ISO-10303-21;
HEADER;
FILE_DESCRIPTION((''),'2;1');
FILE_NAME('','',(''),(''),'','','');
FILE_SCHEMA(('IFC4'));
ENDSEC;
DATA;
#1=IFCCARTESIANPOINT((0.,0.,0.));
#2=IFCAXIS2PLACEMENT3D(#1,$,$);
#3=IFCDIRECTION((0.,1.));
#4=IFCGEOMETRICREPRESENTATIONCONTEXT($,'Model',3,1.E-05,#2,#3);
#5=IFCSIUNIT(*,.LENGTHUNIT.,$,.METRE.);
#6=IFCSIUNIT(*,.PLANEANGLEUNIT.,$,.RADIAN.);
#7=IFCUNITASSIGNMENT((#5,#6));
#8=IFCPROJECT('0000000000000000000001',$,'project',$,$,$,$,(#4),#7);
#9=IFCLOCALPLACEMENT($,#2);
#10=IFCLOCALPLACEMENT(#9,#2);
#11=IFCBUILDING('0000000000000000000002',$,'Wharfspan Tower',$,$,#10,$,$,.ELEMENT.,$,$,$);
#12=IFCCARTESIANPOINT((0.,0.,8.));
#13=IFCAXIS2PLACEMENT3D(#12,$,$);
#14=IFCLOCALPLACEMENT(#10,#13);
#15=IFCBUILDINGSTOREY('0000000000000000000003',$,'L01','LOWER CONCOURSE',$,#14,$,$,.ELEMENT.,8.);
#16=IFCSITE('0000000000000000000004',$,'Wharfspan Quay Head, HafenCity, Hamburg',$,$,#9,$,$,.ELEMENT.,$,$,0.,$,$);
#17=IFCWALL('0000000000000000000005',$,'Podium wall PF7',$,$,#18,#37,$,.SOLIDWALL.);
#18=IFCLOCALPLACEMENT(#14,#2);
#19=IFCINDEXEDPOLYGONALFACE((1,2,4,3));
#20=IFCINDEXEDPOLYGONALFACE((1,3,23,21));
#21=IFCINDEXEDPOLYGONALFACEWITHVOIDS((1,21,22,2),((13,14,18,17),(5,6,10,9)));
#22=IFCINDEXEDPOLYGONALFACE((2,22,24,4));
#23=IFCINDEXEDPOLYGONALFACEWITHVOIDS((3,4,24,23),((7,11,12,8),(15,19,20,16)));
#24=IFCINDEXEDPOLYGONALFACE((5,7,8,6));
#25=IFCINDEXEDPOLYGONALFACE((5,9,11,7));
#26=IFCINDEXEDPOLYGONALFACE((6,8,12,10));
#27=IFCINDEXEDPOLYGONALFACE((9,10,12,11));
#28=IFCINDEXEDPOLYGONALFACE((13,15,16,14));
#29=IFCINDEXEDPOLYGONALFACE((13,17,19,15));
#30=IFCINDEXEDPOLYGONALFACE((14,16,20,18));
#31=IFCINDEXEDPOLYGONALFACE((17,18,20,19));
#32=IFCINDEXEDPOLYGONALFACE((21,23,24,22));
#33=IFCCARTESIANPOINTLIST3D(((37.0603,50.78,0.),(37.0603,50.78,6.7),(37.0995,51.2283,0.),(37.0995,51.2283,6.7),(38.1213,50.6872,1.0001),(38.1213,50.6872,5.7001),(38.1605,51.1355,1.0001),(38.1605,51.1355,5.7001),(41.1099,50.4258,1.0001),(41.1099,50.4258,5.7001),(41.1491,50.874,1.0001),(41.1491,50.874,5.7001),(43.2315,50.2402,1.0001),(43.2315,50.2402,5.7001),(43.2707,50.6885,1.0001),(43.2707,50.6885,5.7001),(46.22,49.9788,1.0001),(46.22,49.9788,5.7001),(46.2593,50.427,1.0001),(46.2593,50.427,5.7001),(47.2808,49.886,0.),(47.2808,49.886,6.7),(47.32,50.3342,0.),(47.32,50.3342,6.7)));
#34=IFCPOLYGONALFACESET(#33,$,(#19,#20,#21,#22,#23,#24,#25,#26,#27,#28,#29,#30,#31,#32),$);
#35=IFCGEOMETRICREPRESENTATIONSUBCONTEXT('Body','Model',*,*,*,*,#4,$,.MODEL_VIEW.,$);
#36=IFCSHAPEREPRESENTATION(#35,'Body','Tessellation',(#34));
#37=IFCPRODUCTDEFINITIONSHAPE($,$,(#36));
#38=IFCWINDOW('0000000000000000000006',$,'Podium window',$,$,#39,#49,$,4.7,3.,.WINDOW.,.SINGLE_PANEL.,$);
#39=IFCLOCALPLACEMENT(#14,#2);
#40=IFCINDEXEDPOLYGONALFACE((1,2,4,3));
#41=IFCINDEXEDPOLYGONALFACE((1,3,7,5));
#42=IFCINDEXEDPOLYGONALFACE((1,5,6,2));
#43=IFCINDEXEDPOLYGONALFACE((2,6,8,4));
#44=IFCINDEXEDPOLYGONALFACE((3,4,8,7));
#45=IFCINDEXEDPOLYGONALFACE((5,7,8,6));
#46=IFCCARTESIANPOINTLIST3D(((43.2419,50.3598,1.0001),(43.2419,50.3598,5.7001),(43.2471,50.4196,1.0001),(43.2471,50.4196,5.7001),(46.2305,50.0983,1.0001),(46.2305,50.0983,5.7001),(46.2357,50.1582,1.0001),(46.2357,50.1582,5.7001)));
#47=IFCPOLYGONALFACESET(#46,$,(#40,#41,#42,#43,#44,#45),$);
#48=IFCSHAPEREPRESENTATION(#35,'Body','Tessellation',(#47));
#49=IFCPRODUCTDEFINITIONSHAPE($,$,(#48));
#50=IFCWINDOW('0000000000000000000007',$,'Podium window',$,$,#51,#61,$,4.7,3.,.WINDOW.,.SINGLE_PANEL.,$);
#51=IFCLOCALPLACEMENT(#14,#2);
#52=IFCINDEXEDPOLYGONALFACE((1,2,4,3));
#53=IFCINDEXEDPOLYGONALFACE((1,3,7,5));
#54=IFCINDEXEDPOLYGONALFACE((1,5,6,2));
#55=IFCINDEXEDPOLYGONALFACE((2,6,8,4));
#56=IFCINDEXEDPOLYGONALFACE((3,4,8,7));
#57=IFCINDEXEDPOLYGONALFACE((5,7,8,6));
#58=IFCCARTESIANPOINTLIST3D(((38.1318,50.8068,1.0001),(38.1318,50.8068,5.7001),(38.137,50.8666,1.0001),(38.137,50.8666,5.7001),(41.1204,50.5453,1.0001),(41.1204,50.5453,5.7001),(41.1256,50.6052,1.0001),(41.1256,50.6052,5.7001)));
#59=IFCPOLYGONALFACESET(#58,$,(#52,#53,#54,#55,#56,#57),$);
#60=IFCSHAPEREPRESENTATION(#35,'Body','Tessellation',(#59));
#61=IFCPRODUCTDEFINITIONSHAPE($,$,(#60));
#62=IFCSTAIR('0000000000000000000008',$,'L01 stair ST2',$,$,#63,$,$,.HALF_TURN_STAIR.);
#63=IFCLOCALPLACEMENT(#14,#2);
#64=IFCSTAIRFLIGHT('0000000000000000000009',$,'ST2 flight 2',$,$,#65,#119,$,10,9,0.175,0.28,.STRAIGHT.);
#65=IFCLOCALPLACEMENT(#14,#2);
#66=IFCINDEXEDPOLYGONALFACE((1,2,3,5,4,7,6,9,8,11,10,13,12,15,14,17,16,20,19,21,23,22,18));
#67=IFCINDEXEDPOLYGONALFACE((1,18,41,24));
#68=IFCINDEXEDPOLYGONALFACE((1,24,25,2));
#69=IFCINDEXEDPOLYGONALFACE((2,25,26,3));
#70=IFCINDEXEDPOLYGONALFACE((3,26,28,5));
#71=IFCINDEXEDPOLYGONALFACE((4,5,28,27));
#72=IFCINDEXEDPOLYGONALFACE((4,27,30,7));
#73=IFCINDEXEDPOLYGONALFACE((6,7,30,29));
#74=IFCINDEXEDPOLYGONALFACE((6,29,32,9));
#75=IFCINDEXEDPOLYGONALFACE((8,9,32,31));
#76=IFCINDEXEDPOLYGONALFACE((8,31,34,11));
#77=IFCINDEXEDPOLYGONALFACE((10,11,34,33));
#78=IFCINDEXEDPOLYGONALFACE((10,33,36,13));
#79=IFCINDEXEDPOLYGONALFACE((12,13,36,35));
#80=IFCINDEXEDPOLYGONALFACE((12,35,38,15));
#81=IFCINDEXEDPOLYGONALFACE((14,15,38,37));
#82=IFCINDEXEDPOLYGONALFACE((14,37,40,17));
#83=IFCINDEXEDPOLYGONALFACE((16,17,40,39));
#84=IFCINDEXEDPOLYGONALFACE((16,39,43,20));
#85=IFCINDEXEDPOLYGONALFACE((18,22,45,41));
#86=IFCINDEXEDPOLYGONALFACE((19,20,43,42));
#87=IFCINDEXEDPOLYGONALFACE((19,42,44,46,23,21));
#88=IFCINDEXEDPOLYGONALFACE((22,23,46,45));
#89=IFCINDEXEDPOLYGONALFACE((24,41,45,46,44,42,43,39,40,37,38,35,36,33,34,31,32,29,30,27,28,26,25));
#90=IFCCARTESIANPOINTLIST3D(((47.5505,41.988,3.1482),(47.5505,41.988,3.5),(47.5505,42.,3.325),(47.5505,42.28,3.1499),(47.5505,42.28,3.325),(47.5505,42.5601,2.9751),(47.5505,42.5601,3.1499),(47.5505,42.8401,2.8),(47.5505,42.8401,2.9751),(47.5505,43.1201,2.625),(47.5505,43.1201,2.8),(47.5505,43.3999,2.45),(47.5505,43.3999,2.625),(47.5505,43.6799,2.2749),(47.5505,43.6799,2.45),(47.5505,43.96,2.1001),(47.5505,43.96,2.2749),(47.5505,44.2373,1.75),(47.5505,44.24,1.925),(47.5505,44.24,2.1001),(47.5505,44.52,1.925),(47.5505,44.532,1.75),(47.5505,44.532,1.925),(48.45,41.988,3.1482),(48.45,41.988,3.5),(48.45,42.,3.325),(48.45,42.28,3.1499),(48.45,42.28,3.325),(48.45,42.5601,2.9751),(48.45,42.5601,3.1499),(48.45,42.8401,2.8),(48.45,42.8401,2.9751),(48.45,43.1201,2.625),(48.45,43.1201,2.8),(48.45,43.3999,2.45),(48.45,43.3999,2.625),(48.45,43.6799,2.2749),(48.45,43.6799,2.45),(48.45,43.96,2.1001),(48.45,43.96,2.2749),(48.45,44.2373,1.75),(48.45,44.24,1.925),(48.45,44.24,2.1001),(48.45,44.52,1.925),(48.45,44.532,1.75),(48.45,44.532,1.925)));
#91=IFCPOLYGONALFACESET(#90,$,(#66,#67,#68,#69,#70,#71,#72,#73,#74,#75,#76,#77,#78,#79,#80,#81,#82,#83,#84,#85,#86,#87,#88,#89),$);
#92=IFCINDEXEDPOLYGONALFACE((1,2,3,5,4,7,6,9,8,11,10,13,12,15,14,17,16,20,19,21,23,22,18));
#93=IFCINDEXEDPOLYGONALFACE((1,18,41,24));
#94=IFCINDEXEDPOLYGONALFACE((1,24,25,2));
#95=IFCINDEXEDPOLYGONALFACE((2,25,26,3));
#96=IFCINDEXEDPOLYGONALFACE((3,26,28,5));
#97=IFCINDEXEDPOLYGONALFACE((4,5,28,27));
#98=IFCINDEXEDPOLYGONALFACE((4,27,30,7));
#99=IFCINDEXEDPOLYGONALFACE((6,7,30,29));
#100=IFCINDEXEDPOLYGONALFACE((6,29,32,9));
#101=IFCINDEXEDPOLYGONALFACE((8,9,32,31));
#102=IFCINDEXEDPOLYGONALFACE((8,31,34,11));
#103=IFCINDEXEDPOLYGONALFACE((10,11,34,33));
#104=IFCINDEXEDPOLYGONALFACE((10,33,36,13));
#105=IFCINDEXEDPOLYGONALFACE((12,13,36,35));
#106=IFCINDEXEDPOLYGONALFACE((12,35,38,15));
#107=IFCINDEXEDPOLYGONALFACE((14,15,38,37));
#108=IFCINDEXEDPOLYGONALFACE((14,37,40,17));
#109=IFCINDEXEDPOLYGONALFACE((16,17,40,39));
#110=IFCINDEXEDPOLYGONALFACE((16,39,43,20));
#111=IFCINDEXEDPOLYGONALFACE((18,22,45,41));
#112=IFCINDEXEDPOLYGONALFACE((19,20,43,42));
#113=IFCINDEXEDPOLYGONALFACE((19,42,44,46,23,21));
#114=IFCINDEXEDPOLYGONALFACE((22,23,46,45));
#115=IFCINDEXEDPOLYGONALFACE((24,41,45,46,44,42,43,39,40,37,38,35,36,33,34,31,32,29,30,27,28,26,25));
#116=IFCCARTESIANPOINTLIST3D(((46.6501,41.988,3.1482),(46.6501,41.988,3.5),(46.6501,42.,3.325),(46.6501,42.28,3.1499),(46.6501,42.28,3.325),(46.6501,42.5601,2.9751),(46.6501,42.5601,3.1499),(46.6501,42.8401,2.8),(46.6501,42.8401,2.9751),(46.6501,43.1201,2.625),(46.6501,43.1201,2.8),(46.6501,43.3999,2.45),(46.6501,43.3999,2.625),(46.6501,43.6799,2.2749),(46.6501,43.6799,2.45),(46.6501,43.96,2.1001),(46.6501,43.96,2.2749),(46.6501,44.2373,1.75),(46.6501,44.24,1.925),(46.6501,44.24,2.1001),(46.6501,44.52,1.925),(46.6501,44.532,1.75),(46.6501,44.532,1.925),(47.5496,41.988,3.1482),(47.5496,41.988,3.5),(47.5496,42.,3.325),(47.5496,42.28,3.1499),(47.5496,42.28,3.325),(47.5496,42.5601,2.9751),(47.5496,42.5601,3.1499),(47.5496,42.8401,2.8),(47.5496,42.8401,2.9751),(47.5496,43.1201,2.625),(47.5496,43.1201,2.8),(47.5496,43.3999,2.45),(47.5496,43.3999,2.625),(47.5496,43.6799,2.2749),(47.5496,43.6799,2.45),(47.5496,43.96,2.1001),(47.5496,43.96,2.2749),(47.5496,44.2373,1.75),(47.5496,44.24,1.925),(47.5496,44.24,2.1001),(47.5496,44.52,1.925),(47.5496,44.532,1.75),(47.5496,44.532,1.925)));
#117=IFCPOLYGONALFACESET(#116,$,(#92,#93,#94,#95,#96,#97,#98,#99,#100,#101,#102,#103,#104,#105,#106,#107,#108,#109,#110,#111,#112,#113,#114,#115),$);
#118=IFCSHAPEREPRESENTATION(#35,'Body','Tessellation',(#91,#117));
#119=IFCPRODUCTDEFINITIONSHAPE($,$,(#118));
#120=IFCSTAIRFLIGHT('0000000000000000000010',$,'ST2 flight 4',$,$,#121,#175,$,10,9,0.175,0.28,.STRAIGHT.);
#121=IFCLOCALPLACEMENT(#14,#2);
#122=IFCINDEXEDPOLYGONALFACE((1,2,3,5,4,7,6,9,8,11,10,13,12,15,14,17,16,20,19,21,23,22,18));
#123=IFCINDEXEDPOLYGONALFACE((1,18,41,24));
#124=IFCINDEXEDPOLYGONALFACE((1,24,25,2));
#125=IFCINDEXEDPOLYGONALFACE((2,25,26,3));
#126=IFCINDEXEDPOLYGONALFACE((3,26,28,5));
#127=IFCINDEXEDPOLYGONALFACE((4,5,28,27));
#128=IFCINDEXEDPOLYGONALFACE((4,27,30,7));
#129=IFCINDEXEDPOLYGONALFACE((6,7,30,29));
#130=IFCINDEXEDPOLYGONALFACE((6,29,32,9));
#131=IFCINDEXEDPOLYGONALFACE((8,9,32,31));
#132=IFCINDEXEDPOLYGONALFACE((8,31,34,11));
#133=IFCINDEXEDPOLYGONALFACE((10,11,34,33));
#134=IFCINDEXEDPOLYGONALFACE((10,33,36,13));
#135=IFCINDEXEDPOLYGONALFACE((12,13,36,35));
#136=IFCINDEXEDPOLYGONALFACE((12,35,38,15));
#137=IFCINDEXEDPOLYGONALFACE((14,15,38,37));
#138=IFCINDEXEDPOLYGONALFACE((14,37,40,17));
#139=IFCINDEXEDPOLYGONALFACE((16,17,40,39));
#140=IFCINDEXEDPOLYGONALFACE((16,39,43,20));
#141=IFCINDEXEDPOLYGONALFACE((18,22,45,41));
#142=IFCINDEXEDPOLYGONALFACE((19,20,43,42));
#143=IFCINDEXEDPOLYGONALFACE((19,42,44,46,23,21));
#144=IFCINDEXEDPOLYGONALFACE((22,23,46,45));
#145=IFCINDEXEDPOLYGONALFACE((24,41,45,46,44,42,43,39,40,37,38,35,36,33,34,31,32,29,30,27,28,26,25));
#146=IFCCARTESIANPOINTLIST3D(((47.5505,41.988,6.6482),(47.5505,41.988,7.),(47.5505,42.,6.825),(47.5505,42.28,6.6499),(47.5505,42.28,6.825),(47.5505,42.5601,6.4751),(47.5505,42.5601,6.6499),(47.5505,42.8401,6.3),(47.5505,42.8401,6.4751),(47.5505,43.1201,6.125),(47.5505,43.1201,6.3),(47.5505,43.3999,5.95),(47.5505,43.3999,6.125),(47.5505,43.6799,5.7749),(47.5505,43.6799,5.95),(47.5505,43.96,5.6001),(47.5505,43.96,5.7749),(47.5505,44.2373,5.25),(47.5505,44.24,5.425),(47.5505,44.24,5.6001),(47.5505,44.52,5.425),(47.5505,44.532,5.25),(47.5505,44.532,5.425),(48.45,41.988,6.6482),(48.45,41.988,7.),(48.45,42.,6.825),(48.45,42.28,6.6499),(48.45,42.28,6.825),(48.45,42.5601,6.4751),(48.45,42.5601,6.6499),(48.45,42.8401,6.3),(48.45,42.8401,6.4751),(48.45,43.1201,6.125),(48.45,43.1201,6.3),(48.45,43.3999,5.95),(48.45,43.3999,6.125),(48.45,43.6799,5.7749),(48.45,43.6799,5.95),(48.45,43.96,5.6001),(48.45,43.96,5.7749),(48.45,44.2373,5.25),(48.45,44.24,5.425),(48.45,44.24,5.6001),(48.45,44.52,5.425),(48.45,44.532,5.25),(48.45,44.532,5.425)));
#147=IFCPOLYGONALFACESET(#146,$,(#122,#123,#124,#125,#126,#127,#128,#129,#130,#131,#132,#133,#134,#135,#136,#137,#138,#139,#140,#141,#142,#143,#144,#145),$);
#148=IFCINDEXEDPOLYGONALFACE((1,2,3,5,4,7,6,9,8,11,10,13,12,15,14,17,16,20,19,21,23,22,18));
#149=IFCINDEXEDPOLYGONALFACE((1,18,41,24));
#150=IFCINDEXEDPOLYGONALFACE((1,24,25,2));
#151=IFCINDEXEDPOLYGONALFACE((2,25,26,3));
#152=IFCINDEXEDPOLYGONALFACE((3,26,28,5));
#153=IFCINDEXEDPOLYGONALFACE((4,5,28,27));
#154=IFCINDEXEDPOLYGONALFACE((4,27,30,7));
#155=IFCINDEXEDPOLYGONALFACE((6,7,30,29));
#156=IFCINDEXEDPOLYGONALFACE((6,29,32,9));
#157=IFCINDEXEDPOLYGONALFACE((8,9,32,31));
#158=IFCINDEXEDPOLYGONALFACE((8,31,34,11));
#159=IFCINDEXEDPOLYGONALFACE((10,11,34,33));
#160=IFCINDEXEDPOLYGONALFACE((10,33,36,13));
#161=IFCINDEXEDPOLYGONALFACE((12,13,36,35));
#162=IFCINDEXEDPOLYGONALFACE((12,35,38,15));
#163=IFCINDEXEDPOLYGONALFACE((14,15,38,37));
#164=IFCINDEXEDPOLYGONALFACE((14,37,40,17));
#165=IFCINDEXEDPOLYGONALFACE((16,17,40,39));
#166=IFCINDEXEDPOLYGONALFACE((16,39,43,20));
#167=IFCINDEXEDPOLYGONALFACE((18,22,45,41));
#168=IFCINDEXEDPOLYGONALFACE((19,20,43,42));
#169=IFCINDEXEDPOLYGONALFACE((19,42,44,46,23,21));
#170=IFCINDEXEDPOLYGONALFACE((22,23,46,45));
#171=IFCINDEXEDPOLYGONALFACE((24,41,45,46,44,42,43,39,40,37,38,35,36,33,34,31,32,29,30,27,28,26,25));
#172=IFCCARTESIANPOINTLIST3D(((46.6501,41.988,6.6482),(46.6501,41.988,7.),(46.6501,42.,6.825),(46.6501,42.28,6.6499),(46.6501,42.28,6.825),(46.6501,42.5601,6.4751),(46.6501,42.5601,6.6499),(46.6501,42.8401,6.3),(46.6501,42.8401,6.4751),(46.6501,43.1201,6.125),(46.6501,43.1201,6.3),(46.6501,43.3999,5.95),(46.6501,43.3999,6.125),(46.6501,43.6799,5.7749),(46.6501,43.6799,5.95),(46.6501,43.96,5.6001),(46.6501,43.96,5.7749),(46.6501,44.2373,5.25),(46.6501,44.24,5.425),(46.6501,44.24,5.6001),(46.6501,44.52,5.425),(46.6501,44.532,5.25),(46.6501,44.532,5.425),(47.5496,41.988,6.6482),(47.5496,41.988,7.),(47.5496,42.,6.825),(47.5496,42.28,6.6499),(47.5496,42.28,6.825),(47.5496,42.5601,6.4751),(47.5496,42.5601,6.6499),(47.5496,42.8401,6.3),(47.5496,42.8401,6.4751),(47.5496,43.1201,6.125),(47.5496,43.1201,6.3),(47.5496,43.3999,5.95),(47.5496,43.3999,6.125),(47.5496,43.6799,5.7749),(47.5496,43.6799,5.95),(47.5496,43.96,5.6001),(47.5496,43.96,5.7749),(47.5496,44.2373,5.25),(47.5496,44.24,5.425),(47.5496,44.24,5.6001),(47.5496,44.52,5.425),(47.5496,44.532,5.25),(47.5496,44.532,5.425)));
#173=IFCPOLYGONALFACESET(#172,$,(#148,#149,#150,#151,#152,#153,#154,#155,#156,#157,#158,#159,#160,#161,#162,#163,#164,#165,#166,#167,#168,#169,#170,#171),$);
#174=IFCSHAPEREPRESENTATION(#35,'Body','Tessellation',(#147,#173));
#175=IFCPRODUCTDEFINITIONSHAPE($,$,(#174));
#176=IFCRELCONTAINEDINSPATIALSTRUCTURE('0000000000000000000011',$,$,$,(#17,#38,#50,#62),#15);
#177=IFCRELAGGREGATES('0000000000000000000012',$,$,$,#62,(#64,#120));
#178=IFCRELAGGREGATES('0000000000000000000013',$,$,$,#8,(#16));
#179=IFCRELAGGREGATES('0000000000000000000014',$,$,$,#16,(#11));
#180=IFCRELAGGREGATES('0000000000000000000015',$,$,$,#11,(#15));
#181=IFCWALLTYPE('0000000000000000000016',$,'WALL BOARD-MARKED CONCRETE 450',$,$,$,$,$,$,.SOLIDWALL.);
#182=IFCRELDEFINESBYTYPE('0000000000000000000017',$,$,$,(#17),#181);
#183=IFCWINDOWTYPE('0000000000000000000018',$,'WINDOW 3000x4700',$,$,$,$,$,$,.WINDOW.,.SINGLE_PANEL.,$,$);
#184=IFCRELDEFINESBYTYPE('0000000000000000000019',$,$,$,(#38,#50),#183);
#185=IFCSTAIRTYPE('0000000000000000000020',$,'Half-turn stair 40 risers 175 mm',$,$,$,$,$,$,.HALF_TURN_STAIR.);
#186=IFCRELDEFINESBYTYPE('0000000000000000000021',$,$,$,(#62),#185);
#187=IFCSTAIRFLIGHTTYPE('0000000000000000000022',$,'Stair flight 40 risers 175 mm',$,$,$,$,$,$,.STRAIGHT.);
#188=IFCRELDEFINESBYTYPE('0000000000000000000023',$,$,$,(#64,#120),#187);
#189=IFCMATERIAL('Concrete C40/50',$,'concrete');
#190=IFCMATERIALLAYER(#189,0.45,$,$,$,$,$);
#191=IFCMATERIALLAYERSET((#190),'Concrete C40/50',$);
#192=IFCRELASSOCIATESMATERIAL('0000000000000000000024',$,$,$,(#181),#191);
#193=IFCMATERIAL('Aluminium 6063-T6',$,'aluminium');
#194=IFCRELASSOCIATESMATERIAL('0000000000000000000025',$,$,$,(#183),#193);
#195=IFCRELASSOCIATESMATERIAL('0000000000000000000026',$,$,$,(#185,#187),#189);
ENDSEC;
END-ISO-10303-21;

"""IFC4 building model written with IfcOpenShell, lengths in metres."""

from ifc_helpers import new_model, si_unit, direction, frame, frame_2d, origin, place, context, subcontext, project, spatial, polyline, rectangle, outline, extrude, material, layer, layer_set, type_object, element, fill, aggregate, save


model = new_model("IFC4")

# Units and contexts
model_context = context("Model", 3, precision=1e-05, world=origin(), true_north=direction((0.0, 1.0)))
body_context = subcontext(model_context, "Body", "Model", "MODEL_VIEW")
ifc_project = project(units=[si_unit("LENGTHUNIT", "METRE"), si_unit("PLANEANGLEUNIT", "RADIAN")], contexts=[model_context])

# Site, building, storey
site_placement = place(None, origin())
site = spatial("IfcSite", under=ifc_project, at=site_placement, Name="Wharfspan Quay Head, HafenCity, Hamburg", CompositionType="ELEMENT", RefElevation=0.0)
building_placement = place(site_placement, origin())
building = spatial("IfcBuilding", under=site, at=building_placement, Name="Wharfspan Tower", CompositionType="ELEMENT")
storey_placement = place(building_placement, frame((0.0, 0.0, 8.0)))
storey = spatial("IfcBuildingStorey", under=building, at=storey_placement, Name="L01", Description="LOWER CONCOURSE", CompositionType="ELEMENT", Elevation=8.0)

# Shared definitions
ifc_material_1 = material(Name="Concrete C40/50", Category="concrete")

# Wall, openings, windows
ifc_layer_1 = layer(ifc_material_1, 0.45)
ifc_layer_set_1 = layer_set([ifc_layer_1], Name="Concrete C40/50")
wall_type_1 = type_object("IfcWallType", Name="WALL BOARD-MARKED CONCRETE 450", PredefinedType="SOLIDWALL", material=ifc_layer_set_1)
wall_1_placement = place(storey_placement, frame((47.3005, 50.1101, 0.0), z_axis=(0.0, 0.0, 1.0), x_axis=(-0.996195, 0.087143, 0.0)))
wall_1 = element("IfcWall", 1, at=wall_1_placement, inside=storey, type_object=wall_type_1, Name="Podium wall PF7", PredefinedType="SOLIDWALL", context=body_context, shape_type="SweptSolid", body=[
    extrude(rectangle(XDim=10.2595, YDim=0.45, at=frame_2d((5.1299, 0.0))), origin(), (0.0, 0.0, 1.0), 6.7),
])
opening_1_placement = place(wall_1_placement, frame((1.0649, 0.0, 1.0)))
opening_1 = element("IfcOpeningElement", 2, at=opening_1_placement, cuts=wall_1, PredefinedType="OPENING", context=body_context, shape_type="SweptSolid", body=[
    extrude(rectangle(XDim=3.0, YDim=4.7, at=frame_2d((1.5, 2.3501))), frame((0.0, 0.2349, 0.0), z_axis=(0.0, -1.0, 0.0), x_axis=(1.0, 0.0, 0.0)), (0.0, 0.0, 1.0), 0.47),
])
opening_2_placement = place(wall_1_placement, frame((6.1946, 0.0, 1.0)))
opening_2 = element("IfcOpeningElement", 3, at=opening_2_placement, cuts=wall_1, PredefinedType="OPENING", context=body_context, shape_type="SweptSolid", body=[
    extrude(rectangle(XDim=3.0, YDim=4.7, at=frame_2d((1.5, 2.3501))), frame((0.0, 0.2349, 0.0), z_axis=(0.0, -1.0, 0.0), x_axis=(1.0, 0.0, 0.0)), (0.0, 0.0, 1.0), 0.47),
])
ifc_material_2 = material(Name="Aluminium 6063-T6", Category="aluminium")
window_type = type_object("IfcWindowType", Name="WINDOW 3000x4700", PartitioningType="SINGLE_PANEL", PredefinedType="WINDOW", material=ifc_material_2)
window_1_placement = place(opening_1_placement, origin())
window_1 = element("IfcWindow", 4, at=window_1_placement, inside=storey, type_object=window_type, Name="Podium window", OverallHeight=4.7, OverallWidth=3.0, PartitioningType="SINGLE_PANEL", PredefinedType="WINDOW", context=body_context, shape_type="SweptSolid", body=[
    extrude(rectangle(XDim=3.0, YDim=4.7, at=frame_2d((1.5, 2.3501))), frame((0.0, 0.105, 0.0), z_axis=(0.0, -1.0, 0.0), x_axis=(1.0, 0.0, 0.0)), (0.0, 0.0, 1.0), 0.0601),
])
fill(opening_1, window_1)
window_2_placement = place(opening_2_placement, origin())
window_2 = element("IfcWindow", 5, at=window_2_placement, inside=storey, type_object=window_type, Name="Podium window", OverallHeight=4.7, OverallWidth=3.0, PartitioningType="SINGLE_PANEL", PredefinedType="WINDOW", context=body_context, shape_type="SweptSolid", body=[
    extrude(rectangle(XDim=3.0, YDim=4.7, at=frame_2d((1.5, 2.3501))), frame((0.0, 0.105, 0.0), z_axis=(0.0, -1.0, 0.0), x_axis=(1.0, 0.0, 0.0)), (0.0, 0.0, 1.0), 0.0601),
])
fill(opening_2, window_2)

# Stair, stair flights
stair_type = type_object("IfcStairType", Name="Half-turn stair 40 risers 175 mm", PredefinedType="HALF_TURN_STAIR", material=ifc_material_1)
stair_placement = place(storey_placement, origin())
stair = element("IfcStair", 6, at=stair_placement, inside=storey, type_object=stair_type, Name="L01 stair ST2", PredefinedType="HALF_TURN_STAIR")
stair_flight_type = type_object("IfcStairFlightType", Name="Stair flight 40 risers 175 mm", PredefinedType="STRAIGHT", material=ifc_material_1)
stair_flight_1_placement = place(storey_placement, frame((47.55, 44.52, 1.75), z_axis=(0.0, 0.0, 1.0), x_axis=(0.0, -1.0, 0.0)))
stair_flight_1 = element("IfcStairFlight", 7, at=stair_flight_1_placement, type_object=stair_flight_type, Name="ST2 flight 2", NumberOfRisers=10, NumberOfTreads=9, PredefinedType="STRAIGHT", RiserHeight=0.175, TreadLength=0.28, context=body_context, shape_type="SweptSolid", body=[
    extrude(outline(polyline([(-0.012, 0.0), (-0.012, 0.175), (0.0, 0.175), (0.28, 0.175), (0.28, 0.3501), (0.5601, 0.3501), (0.5601, 0.5249), (0.8401, 0.5249), (0.8401, 0.7), (1.1201, 0.7), (1.1201, 0.875), (1.3999, 0.875), (1.3999, 1.05), (1.6799, 1.05), (1.6799, 1.2251), (1.96, 1.2251), (1.96, 1.3999), (2.24, 1.3999), (2.24, 1.575), (2.52, 1.575), (2.532, 1.75), (2.532, 1.3982), (0.2827, 0.0), (-0.012, 0.0)])), frame((0.0, 0.8999, 0.0), z_axis=(0.0, -1.0, 0.0), x_axis=(1.0, 0.0, 0.0)), (0.0, 0.0, 1.0), 0.8994),
    extrude(outline(polyline([(-0.012, 0.0), (-0.012, 0.175), (0.0, 0.175), (0.28, 0.175), (0.28, 0.3501), (0.5601, 0.3501), (0.5601, 0.5249), (0.8401, 0.5249), (0.8401, 0.7), (1.1201, 0.7), (1.1201, 0.875), (1.3999, 0.875), (1.3999, 1.05), (1.6799, 1.05), (1.6799, 1.2251), (1.96, 1.2251), (1.96, 1.3999), (2.24, 1.3999), (2.24, 1.575), (2.52, 1.575), (2.532, 1.75), (2.532, 1.3982), (0.2827, 0.0), (-0.012, 0.0)])), frame((0.0, -0.0005, 0.0), z_axis=(0.0, -1.0, 0.0), x_axis=(1.0, 0.0, 0.0)), (0.0, 0.0, 1.0), 0.8994),
])
stair_flight_2_placement = place(storey_placement, frame((47.55, 44.52, 5.25), z_axis=(0.0, 0.0, 1.0), x_axis=(0.0, -1.0, 0.0)))
stair_flight_2 = element("IfcStairFlight", 8, at=stair_flight_2_placement, type_object=stair_flight_type, Name="ST2 flight 4", NumberOfRisers=10, NumberOfTreads=9, PredefinedType="STRAIGHT", RiserHeight=0.175, TreadLength=0.28, context=body_context, shape_type="SweptSolid", body=[
    extrude(outline(polyline([(-0.012, 0.0), (-0.012, 0.175), (0.0, 0.175), (0.28, 0.175), (0.28, 0.3501), (0.5601, 0.3501), (0.5601, 0.5249), (0.8401, 0.5249), (0.8401, 0.7), (1.1201, 0.7), (1.1201, 0.875), (1.3999, 0.875), (1.3999, 1.05), (1.6799, 1.05), (1.6799, 1.2251), (1.96, 1.2251), (1.96, 1.3999), (2.24, 1.3999), (2.24, 1.575), (2.52, 1.575), (2.532, 1.75), (2.532, 1.3982), (0.2827, 0.0), (-0.012, 0.0)])), frame((0.0, 0.8999, 0.0), z_axis=(0.0, -1.0, 0.0), x_axis=(1.0, 0.0, 0.0)), (0.0, 0.0, 1.0), 0.8994),
    extrude(outline(polyline([(-0.012, 0.0), (-0.012, 0.175), (0.0, 0.175), (0.28, 0.175), (0.28, 0.3501), (0.5601, 0.3501), (0.5601, 0.5249), (0.8401, 0.5249), (0.8401, 0.7), (1.1201, 0.7), (1.1201, 0.875), (1.3999, 0.875), (1.3999, 1.05), (1.6799, 1.05), (1.6799, 1.2251), (1.96, 1.2251), (1.96, 1.3999), (2.24, 1.3999), (2.24, 1.575), (2.52, 1.575), (2.532, 1.75), (2.532, 1.3982), (0.2827, 0.0), (-0.012, 0.0)])), frame((0.0, -0.0005, 0.0), z_axis=(0.0, -1.0, 0.0), x_axis=(1.0, 0.0, 0.0)), (0.0, 0.0, 1.0), 0.8994),
])
aggregate(stair, [stair_flight_1, stair_flight_2])

save(model, "model.ifc")
